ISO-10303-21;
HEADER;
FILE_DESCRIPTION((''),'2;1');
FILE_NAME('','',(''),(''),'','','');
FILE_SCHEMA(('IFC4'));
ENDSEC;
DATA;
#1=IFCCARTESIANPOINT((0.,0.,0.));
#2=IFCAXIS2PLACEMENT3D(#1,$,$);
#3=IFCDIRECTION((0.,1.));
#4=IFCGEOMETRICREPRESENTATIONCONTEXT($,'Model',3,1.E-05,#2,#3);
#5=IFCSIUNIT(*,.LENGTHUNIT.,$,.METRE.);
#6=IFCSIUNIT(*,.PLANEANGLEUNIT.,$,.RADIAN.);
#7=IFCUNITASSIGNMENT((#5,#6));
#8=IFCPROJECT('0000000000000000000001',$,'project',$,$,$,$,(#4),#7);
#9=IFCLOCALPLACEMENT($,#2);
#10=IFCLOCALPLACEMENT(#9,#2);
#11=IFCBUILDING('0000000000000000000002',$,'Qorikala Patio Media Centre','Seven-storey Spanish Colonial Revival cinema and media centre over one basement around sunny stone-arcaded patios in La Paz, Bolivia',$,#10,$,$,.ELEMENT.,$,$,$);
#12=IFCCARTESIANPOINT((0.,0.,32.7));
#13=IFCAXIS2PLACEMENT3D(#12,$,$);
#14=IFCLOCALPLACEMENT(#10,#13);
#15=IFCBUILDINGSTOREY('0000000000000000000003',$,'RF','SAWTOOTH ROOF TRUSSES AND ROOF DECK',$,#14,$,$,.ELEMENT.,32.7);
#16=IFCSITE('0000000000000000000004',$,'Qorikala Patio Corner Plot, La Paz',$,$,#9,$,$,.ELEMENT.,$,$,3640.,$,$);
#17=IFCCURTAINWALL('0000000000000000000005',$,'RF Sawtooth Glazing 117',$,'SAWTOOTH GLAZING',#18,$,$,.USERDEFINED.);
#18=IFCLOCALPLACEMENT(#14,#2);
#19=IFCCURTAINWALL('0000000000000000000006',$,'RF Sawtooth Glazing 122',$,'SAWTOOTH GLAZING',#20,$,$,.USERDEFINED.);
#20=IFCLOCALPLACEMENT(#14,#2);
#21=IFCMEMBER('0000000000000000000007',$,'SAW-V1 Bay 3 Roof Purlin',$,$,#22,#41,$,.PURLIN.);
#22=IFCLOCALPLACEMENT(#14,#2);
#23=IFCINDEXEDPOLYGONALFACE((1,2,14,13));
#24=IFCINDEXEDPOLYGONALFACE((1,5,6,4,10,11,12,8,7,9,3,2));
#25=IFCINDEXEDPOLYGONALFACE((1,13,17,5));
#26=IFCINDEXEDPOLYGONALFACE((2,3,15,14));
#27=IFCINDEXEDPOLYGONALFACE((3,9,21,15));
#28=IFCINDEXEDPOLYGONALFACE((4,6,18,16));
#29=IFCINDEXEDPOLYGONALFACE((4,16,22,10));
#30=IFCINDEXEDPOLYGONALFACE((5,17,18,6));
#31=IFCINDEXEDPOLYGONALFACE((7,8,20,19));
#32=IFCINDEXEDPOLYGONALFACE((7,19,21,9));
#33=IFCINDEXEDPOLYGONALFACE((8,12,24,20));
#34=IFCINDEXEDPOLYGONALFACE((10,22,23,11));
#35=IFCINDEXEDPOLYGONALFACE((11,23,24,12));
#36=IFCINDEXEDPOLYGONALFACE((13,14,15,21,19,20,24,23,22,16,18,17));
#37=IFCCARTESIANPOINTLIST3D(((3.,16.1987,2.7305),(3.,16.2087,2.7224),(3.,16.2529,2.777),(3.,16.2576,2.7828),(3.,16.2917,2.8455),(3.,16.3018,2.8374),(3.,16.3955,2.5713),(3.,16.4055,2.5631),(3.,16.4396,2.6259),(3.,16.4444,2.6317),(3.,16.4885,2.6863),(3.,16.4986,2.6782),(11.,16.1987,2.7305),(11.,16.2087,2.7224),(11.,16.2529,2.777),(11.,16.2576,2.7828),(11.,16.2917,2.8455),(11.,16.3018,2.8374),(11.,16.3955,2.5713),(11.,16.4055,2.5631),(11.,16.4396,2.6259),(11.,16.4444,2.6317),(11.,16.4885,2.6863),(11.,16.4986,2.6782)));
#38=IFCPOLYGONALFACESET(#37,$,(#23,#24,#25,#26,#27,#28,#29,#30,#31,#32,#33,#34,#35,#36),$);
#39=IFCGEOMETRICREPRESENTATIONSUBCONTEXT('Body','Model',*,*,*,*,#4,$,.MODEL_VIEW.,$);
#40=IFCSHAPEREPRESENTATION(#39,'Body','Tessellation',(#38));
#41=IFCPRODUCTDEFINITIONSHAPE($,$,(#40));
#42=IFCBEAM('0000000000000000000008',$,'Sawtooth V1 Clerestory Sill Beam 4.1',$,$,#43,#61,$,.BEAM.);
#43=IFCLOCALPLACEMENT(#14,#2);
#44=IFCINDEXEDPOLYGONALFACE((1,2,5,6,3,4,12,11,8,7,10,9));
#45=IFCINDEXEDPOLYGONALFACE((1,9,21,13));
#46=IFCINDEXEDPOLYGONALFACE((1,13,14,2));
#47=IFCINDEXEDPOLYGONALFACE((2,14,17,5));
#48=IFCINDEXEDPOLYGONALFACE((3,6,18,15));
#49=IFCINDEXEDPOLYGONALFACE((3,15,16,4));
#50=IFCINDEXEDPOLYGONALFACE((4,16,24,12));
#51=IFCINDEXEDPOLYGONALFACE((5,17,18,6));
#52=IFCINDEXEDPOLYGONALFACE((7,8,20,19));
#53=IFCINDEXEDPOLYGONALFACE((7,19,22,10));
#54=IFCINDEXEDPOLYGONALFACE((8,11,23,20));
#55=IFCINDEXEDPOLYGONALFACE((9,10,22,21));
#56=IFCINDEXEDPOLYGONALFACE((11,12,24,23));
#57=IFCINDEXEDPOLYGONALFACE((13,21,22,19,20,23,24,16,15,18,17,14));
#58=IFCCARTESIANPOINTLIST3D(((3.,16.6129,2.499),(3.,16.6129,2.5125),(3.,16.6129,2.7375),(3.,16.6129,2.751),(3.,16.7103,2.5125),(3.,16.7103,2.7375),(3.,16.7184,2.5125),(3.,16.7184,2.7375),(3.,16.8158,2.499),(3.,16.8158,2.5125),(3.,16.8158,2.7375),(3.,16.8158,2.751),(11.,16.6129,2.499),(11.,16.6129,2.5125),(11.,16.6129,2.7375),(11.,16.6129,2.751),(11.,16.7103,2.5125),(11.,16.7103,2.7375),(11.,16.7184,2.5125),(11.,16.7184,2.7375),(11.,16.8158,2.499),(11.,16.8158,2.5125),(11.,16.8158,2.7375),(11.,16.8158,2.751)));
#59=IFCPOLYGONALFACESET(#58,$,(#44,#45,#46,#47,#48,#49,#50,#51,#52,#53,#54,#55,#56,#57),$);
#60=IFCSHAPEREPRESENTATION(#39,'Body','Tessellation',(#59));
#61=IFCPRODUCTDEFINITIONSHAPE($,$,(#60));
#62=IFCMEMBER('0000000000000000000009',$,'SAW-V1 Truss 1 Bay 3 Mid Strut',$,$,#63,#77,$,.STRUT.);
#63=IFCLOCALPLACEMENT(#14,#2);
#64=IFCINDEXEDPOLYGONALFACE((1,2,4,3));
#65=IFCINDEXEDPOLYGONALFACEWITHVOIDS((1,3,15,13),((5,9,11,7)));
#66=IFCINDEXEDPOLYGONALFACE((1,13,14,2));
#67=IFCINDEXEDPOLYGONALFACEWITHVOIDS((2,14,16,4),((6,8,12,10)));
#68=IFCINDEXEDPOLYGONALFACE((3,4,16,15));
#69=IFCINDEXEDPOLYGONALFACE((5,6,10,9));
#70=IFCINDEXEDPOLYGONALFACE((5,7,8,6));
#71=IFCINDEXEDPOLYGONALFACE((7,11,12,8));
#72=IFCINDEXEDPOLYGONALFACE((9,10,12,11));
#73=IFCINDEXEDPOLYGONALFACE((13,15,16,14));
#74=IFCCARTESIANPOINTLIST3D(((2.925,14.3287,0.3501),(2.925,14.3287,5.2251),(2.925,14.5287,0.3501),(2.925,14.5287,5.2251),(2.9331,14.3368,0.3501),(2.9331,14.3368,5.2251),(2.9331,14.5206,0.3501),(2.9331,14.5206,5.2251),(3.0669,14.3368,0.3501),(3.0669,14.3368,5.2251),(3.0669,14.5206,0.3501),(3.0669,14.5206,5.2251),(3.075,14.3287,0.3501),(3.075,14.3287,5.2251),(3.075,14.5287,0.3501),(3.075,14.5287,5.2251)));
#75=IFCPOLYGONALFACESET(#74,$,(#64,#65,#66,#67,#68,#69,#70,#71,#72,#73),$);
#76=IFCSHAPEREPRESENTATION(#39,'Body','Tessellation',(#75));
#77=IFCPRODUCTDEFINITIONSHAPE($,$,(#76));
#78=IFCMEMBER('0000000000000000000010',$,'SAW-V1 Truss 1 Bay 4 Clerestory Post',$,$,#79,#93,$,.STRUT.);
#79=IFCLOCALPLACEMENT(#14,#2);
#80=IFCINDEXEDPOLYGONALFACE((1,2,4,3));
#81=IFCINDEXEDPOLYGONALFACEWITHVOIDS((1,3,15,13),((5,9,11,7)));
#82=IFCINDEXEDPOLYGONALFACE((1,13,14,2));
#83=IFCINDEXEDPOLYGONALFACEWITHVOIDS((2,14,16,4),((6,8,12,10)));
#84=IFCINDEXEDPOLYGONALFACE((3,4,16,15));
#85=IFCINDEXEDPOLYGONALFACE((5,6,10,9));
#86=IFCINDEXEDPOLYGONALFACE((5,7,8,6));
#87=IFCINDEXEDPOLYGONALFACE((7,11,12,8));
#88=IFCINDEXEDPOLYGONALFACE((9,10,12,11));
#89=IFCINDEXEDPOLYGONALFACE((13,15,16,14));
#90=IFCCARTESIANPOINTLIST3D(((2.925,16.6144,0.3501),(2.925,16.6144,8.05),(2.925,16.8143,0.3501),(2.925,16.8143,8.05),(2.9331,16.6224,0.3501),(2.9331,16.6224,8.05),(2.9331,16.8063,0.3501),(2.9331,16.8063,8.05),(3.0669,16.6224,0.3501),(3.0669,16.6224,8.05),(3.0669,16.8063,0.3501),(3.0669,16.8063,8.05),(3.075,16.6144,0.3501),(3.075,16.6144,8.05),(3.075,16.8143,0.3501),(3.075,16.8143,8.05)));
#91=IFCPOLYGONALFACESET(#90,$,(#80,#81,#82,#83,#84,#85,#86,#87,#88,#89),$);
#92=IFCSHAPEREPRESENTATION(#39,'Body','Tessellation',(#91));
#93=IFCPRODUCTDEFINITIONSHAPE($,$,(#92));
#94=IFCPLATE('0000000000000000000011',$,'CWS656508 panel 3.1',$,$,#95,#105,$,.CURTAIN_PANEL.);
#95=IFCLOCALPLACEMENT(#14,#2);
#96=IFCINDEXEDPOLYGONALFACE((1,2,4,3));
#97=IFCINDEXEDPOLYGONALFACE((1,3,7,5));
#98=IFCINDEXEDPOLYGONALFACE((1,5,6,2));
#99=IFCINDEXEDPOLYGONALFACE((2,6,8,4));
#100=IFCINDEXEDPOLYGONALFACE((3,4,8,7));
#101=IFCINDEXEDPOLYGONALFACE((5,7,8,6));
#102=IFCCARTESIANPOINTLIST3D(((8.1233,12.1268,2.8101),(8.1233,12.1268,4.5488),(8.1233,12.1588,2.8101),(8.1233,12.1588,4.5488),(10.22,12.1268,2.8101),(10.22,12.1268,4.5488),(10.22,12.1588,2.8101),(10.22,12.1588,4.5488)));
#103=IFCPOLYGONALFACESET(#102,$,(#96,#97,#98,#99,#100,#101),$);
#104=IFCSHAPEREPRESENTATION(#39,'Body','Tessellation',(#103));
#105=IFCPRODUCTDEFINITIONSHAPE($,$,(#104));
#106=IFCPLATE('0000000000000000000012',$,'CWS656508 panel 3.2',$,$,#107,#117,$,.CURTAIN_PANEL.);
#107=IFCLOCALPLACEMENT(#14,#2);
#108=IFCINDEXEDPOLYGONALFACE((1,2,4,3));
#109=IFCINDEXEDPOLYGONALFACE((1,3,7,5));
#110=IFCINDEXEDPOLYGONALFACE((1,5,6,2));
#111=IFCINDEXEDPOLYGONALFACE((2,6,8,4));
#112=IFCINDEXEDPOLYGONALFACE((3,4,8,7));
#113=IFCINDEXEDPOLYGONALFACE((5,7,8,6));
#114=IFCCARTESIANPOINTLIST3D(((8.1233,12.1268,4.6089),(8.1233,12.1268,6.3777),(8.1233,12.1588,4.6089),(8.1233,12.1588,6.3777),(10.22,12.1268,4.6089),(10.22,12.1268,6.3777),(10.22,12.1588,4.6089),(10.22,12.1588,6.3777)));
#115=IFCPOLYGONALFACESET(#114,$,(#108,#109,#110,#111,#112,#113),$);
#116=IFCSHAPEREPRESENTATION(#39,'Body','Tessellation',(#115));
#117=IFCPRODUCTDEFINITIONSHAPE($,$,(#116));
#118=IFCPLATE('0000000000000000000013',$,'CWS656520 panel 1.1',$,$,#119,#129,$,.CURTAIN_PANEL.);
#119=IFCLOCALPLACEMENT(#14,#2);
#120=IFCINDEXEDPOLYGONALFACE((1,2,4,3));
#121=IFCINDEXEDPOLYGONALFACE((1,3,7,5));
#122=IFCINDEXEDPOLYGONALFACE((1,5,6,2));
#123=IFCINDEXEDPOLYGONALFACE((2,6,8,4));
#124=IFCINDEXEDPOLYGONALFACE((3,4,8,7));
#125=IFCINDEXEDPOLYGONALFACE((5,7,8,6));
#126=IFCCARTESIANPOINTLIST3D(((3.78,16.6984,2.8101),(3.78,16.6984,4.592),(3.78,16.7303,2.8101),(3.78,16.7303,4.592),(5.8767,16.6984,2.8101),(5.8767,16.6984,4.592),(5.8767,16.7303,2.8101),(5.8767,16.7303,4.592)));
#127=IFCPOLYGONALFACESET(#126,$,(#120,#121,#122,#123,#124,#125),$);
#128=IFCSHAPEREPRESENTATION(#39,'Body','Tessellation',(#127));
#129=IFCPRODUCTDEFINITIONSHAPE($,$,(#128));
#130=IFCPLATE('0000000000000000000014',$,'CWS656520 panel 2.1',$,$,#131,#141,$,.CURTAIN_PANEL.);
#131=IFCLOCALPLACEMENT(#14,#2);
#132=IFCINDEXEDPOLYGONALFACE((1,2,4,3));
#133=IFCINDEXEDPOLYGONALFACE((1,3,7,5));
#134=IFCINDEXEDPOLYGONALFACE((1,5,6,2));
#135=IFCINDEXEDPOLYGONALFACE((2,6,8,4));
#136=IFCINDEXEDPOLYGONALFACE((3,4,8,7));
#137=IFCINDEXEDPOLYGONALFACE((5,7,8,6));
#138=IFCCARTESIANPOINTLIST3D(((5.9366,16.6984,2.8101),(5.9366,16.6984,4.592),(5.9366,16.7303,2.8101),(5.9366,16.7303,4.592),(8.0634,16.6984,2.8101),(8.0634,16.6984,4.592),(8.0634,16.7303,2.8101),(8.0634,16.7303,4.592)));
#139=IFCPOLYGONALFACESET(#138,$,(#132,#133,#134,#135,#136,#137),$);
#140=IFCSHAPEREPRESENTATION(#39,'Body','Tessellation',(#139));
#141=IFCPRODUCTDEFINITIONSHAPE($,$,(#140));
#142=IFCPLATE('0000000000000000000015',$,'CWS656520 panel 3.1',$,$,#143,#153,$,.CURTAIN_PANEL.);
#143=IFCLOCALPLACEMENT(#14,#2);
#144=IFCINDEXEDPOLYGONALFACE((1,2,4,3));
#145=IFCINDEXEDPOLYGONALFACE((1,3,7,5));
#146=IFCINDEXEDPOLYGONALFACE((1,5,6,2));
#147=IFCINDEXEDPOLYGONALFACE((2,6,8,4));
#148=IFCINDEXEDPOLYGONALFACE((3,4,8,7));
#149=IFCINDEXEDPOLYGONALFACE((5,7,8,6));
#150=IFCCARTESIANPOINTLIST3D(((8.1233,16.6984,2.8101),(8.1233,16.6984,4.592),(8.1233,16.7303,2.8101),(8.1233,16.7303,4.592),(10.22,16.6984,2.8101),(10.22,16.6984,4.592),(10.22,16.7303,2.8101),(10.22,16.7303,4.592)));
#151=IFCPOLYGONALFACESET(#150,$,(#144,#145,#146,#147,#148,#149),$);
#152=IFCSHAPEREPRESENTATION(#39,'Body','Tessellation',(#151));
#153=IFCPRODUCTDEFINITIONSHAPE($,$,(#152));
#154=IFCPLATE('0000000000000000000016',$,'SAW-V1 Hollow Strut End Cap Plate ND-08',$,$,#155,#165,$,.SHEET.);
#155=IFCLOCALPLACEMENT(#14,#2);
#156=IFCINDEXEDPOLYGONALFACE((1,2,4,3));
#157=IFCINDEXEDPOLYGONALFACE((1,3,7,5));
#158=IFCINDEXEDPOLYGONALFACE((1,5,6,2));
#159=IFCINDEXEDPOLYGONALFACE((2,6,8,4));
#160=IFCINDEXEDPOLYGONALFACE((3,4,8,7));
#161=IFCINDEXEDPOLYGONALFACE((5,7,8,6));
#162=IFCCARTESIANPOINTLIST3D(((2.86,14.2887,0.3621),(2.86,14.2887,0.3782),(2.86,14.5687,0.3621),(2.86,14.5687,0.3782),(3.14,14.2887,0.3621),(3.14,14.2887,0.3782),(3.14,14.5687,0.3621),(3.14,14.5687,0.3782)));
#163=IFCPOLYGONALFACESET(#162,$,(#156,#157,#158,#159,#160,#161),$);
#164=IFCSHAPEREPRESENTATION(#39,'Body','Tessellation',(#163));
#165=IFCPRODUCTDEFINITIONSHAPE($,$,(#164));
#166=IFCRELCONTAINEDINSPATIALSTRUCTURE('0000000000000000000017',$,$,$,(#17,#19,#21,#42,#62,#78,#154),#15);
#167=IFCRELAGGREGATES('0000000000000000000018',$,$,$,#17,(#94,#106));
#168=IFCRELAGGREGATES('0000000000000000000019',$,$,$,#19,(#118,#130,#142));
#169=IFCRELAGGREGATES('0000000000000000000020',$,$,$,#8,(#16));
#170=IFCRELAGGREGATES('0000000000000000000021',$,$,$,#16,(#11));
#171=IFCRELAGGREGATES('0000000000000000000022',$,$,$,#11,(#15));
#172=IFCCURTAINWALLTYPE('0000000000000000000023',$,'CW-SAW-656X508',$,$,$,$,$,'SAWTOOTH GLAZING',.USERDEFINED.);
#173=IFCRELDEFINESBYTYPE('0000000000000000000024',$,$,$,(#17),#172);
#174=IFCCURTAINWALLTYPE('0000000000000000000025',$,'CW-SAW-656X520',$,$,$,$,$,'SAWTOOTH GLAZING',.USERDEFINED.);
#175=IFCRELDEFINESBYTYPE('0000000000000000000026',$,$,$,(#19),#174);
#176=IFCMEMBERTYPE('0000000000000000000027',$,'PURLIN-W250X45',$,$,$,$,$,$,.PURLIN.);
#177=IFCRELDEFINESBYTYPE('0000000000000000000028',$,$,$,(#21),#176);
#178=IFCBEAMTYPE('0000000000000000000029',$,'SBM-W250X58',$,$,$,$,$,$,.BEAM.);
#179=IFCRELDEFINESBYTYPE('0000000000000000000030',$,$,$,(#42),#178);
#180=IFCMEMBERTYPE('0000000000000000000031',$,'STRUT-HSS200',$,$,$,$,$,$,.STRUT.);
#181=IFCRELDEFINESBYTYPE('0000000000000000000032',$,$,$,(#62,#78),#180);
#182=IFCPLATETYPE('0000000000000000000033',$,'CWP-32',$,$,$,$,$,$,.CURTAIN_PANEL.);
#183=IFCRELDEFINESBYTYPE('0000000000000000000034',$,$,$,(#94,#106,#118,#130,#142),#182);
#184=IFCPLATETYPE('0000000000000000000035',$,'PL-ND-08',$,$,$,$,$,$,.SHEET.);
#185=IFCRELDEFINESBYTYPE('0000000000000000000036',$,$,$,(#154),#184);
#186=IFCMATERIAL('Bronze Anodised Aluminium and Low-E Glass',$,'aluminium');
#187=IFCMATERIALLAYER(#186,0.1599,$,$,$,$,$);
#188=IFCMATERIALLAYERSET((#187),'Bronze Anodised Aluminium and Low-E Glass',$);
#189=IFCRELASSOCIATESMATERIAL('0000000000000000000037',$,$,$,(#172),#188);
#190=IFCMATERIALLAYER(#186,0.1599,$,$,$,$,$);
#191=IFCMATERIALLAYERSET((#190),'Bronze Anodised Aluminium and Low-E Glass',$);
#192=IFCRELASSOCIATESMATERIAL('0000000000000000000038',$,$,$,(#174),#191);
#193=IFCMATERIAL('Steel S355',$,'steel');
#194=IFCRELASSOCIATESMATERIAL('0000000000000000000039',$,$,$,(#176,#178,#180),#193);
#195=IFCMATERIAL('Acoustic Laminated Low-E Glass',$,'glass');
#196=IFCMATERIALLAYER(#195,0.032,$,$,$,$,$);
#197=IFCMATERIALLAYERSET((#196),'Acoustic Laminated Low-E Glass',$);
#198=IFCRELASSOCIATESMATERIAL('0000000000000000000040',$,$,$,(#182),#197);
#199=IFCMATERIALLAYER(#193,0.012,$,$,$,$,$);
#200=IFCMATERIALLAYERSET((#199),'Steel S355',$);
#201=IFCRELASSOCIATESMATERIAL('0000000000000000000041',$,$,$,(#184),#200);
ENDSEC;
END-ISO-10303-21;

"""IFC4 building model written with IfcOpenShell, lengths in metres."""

from ifc_helpers import new_model, si_unit, direction, frame, origin, origin_2d, place, context, subcontext, project, spatial, rectangle, hollow_rectangle, i_section, extrude, material, layer, layer_set, material_profile, profile_set, type_object, element, aggregate, save


model = new_model("IFC4")

# Units and contexts
model_context = context("Model", 3, precision=1e-05, world=origin(), true_north=direction((0.0, 1.0)))
body_context = subcontext(model_context, "Body", "Model", "MODEL_VIEW")
ifc_project = project(units=[si_unit("LENGTHUNIT", "METRE"), si_unit("PLANEANGLEUNIT", "RADIAN")], contexts=[model_context])

# Site, building, storey
site_placement = place(None, origin())
site = spatial("IfcSite", under=ifc_project, at=site_placement, Name="Qorikala Patio Corner Plot, La Paz", CompositionType="ELEMENT", RefElevation=3640.0)
building_placement = place(site_placement, origin())
building = spatial("IfcBuilding", under=site, at=building_placement, Name="Qorikala Patio Media Centre", Description="Seven-storey Spanish Colonial Revival cinema and media centre over one basement around sunny stone-arcaded patios in La Paz, Bolivia", CompositionType="ELEMENT")
storey_placement = place(building_placement, frame((0.0, 0.0, 32.7)))
storey = spatial("IfcBuildingStorey", under=building, at=storey_placement, Name="RF", Description="SAWTOOTH ROOF TRUSSES AND ROOF DECK", CompositionType="ELEMENT", Elevation=32.7)

# Shared definitions
ifc_material_1 = material(Name="Steel S355", Category="steel")

# Curtain walls
ifc_material_2 = material(Name="Bronze Anodised Aluminium and Low-E Glass", Category="aluminium")
ifc_layer_1 = layer(ifc_material_2, 0.1599)
ifc_layer_set_1 = layer_set([ifc_layer_1], Name="Bronze Anodised Aluminium and Low-E Glass")
curtain_wall_type_1 = type_object("IfcCurtainWallType", Name="CW-SAW-656X508", ElementType="SAWTOOTH GLAZING", PredefinedType="USERDEFINED", material=ifc_layer_set_1)
curtain_wall_1_placement = place(storey_placement, origin())
curtain_wall_1 = element("IfcCurtainWall", 1, at=curtain_wall_1_placement, inside=storey, type_object=curtain_wall_type_1, Name="RF Sawtooth Glazing 117", ObjectType="SAWTOOTH GLAZING", PredefinedType="USERDEFINED")
ifc_layer_2 = layer(ifc_material_2, 0.1599)
ifc_layer_set_2 = layer_set([ifc_layer_2], Name="Bronze Anodised Aluminium and Low-E Glass")
curtain_wall_type_2 = type_object("IfcCurtainWallType", Name="CW-SAW-656X520", ElementType="SAWTOOTH GLAZING", PredefinedType="USERDEFINED", material=ifc_layer_set_2)
curtain_wall_2_placement = place(storey_placement, origin())
curtain_wall_2 = element("IfcCurtainWall", 2, at=curtain_wall_2_placement, inside=storey, type_object=curtain_wall_type_2, Name="RF Sawtooth Glazing 122", ObjectType="SAWTOOTH GLAZING", PredefinedType="USERDEFINED")

# Member
ifc_material_profile_1 = material_profile(ifc_material_1, i_section(OverallWidth=0.1479, OverallDepth=0.2661, WebThickness=0.0076, FlangeThickness=0.0129, at=origin_2d()), Name="W250X45")
ifc_profile_set_1 = profile_set([ifc_material_profile_1], Name="Steel S355")
member_type_1 = type_object("IfcMemberType", Name="PURLIN-W250X45", PredefinedType="PURLIN", material=ifc_profile_set_1)
member_1_placement = place(storey_placement, frame((3.0, 16.3486, 2.7043), z_axis=(1.0, 0.0, 0.0), x_axis=(0.0, 0.628995, 0.77741)))
element("IfcMember", 3, at=member_1_placement, inside=storey, type_object=member_type_1, Name="SAW-V1 Bay 3 Roof Purlin", PredefinedType="PURLIN", context=body_context, shape_type="SweptSolid", body=[
    extrude(i_section(OverallWidth=0.1479, OverallDepth=0.2661, WebThickness=0.0076, FlangeThickness=0.0129, at=origin_2d()), origin(), (0.0, 0.0, 1.0), 8.0),
])

# Beam
ifc_material_profile_2 = material_profile(ifc_material_1, i_section(OverallWidth=0.2029, OverallDepth=0.252, WebThickness=0.0081, FlangeThickness=0.0134, at=origin_2d()), Name="W250X58")
ifc_profile_set_2 = profile_set([ifc_material_profile_2], Name="Steel S355")
beam_type = type_object("IfcBeamType", Name="SBM-W250X58", PredefinedType="BEAM", material=ifc_profile_set_2)
beam_placement = place(storey_placement, frame((3.0, 16.7144, 2.625), z_axis=(1.0, 0.0, 0.0), x_axis=(0.0, 1.0, 0.0)))
element("IfcBeam", 4, at=beam_placement, inside=storey, type_object=beam_type, Name="Sawtooth V1 Clerestory Sill Beam 4.1", PredefinedType="BEAM", context=body_context, shape_type="SweptSolid", body=[
    extrude(i_section(OverallWidth=0.2029, OverallDepth=0.252, WebThickness=0.0081, FlangeThickness=0.0134, at=origin_2d()), origin(), (0.0, 0.0, 1.0), 8.0),
])

# Members
ifc_material_profile_3 = material_profile(ifc_material_1, hollow_rectangle(XDim=0.1499, YDim=0.2, WallThickness=0.0081, at=origin_2d()), Name="HSS200X150X8")
ifc_profile_set_3 = profile_set([ifc_material_profile_3], Name="Steel S355")
member_type_2 = type_object("IfcMemberType", Name="STRUT-HSS200", PredefinedType="STRUT", material=ifc_profile_set_3)
member_2_placement = place(storey_placement, frame((3.0, 14.4287, 0.3501), z_axis=(0.0, 0.0, 1.0), x_axis=(1.0, 0.0, 0.0)))
element("IfcMember", 5, at=member_2_placement, inside=storey, type_object=member_type_2, Name="SAW-V1 Truss 1 Bay 3 Mid Strut", PredefinedType="STRUT", context=body_context, shape_type="SweptSolid", body=[
    extrude(hollow_rectangle(XDim=0.1499, YDim=0.2, WallThickness=0.0081, at=origin_2d()), origin(), (0.0, 0.0, 1.0), 4.875),
])
member_3_placement = place(storey_placement, frame((3.0, 16.7144, 0.3501), z_axis=(0.0, 0.0, 1.0), x_axis=(1.0, 0.0, 0.0)))
element("IfcMember", 6, at=member_3_placement, inside=storey, type_object=member_type_2, Name="SAW-V1 Truss 1 Bay 4 Clerestory Post", PredefinedType="STRUT", context=body_context, shape_type="SweptSolid", body=[
    extrude(hollow_rectangle(XDim=0.1499, YDim=0.2, WallThickness=0.0081, at=origin_2d()), origin(), (0.0, 0.0, 1.0), 7.7),
])

# Plates
ifc_material_3 = material(Name="Acoustic Laminated Low-E Glass", Category="glass")
ifc_layer_3 = layer(ifc_material_3, 0.032)
ifc_layer_set_3 = layer_set([ifc_layer_3], Name="Acoustic Laminated Low-E Glass")
plate_type_1 = type_object("IfcPlateType", Name="CWP-32", PredefinedType="CURTAIN_PANEL", material=ifc_layer_set_3)
plate_1_placement = place(storey_placement, frame((9.1716, 12.1428, 2.8101), z_axis=(0.0, 0.0, 1.0), x_axis=(1.0, 0.0, 0.0)))
plate_1 = element("IfcPlate", 7, at=plate_1_placement, type_object=plate_type_1, Name="CWS656508 panel 3.1", PredefinedType="CURTAIN_PANEL", context=body_context, shape_type="SweptSolid", body=[
    extrude(rectangle(XDim=2.0967, YDim=0.032, at=origin_2d()), origin(), (0.0, 0.0, 1.0), 1.7388),
])
plate_2_placement = place(storey_placement, frame((9.1716, 12.1428, 4.6089), z_axis=(0.0, 0.0, 1.0), x_axis=(1.0, 0.0, 0.0)))
plate_2 = element("IfcPlate", 8, at=plate_2_placement, type_object=plate_type_1, Name="CWS656508 panel 3.2", PredefinedType="CURTAIN_PANEL", context=body_context, shape_type="SweptSolid", body=[
    extrude(rectangle(XDim=2.0967, YDim=0.032, at=origin_2d()), origin(), (0.0, 0.0, 1.0), 1.7688),
])
aggregate(curtain_wall_1, [plate_1, plate_2])
plate_3_placement = place(storey_placement, frame((4.8284, 16.7144, 2.8101), z_axis=(0.0, 0.0, 1.0), x_axis=(1.0, 0.0, 0.0)))
plate_3 = element("IfcPlate", 9, at=plate_3_placement, type_object=plate_type_1, Name="CWS656520 panel 1.1", PredefinedType="CURTAIN_PANEL", context=body_context, shape_type="SweptSolid", body=[
    extrude(rectangle(XDim=2.0967, YDim=0.032, at=origin_2d()), origin(), (0.0, 0.0, 1.0), 1.782),
])
plate_4_placement = place(storey_placement, frame((7.0, 16.7144, 2.8101), z_axis=(0.0, 0.0, 1.0), x_axis=(1.0, 0.0, 0.0)))
plate_4 = element("IfcPlate", 10, at=plate_4_placement, type_object=plate_type_1, Name="CWS656520 panel 2.1", PredefinedType="CURTAIN_PANEL", context=body_context, shape_type="SweptSolid", body=[
    extrude(rectangle(XDim=2.1267, YDim=0.032, at=origin_2d()), origin(), (0.0, 0.0, 1.0), 1.782),
])
plate_5_placement = place(storey_placement, frame((9.1716, 16.7144, 2.8101), z_axis=(0.0, 0.0, 1.0), x_axis=(1.0, 0.0, 0.0)))
plate_5 = element("IfcPlate", 11, at=plate_5_placement, type_object=plate_type_1, Name="CWS656520 panel 3.1", PredefinedType="CURTAIN_PANEL", context=body_context, shape_type="SweptSolid", body=[
    extrude(rectangle(XDim=2.0967, YDim=0.032, at=origin_2d()), origin(), (0.0, 0.0, 1.0), 1.782),
])
aggregate(curtain_wall_2, [plate_3, plate_4, plate_5])
ifc_layer_4 = layer(ifc_material_1, 0.012)
ifc_layer_set_4 = layer_set([ifc_layer_4], Name="Steel S355")
plate_type_2 = type_object("IfcPlateType", Name="PL-ND-08", PredefinedType="SHEET", material=ifc_layer_set_4)
plate_6_placement = place(storey_placement, frame((3.0, 14.4287, 0.3621), z_axis=(0.0, 0.0, 1.0), x_axis=(1.0, 0.0, 0.0)))
element("IfcPlate", 12, at=plate_6_placement, inside=storey, type_object=plate_type_2, Name="SAW-V1 Hollow Strut End Cap Plate ND-08", PredefinedType="SHEET", context=body_context, shape_type="SweptSolid", body=[
    extrude(rectangle(XDim=0.28, YDim=0.28, at=origin_2d()), origin(), (0.0, 0.0, 1.0), 0.0161),
])

save(model, "model.ifc")
